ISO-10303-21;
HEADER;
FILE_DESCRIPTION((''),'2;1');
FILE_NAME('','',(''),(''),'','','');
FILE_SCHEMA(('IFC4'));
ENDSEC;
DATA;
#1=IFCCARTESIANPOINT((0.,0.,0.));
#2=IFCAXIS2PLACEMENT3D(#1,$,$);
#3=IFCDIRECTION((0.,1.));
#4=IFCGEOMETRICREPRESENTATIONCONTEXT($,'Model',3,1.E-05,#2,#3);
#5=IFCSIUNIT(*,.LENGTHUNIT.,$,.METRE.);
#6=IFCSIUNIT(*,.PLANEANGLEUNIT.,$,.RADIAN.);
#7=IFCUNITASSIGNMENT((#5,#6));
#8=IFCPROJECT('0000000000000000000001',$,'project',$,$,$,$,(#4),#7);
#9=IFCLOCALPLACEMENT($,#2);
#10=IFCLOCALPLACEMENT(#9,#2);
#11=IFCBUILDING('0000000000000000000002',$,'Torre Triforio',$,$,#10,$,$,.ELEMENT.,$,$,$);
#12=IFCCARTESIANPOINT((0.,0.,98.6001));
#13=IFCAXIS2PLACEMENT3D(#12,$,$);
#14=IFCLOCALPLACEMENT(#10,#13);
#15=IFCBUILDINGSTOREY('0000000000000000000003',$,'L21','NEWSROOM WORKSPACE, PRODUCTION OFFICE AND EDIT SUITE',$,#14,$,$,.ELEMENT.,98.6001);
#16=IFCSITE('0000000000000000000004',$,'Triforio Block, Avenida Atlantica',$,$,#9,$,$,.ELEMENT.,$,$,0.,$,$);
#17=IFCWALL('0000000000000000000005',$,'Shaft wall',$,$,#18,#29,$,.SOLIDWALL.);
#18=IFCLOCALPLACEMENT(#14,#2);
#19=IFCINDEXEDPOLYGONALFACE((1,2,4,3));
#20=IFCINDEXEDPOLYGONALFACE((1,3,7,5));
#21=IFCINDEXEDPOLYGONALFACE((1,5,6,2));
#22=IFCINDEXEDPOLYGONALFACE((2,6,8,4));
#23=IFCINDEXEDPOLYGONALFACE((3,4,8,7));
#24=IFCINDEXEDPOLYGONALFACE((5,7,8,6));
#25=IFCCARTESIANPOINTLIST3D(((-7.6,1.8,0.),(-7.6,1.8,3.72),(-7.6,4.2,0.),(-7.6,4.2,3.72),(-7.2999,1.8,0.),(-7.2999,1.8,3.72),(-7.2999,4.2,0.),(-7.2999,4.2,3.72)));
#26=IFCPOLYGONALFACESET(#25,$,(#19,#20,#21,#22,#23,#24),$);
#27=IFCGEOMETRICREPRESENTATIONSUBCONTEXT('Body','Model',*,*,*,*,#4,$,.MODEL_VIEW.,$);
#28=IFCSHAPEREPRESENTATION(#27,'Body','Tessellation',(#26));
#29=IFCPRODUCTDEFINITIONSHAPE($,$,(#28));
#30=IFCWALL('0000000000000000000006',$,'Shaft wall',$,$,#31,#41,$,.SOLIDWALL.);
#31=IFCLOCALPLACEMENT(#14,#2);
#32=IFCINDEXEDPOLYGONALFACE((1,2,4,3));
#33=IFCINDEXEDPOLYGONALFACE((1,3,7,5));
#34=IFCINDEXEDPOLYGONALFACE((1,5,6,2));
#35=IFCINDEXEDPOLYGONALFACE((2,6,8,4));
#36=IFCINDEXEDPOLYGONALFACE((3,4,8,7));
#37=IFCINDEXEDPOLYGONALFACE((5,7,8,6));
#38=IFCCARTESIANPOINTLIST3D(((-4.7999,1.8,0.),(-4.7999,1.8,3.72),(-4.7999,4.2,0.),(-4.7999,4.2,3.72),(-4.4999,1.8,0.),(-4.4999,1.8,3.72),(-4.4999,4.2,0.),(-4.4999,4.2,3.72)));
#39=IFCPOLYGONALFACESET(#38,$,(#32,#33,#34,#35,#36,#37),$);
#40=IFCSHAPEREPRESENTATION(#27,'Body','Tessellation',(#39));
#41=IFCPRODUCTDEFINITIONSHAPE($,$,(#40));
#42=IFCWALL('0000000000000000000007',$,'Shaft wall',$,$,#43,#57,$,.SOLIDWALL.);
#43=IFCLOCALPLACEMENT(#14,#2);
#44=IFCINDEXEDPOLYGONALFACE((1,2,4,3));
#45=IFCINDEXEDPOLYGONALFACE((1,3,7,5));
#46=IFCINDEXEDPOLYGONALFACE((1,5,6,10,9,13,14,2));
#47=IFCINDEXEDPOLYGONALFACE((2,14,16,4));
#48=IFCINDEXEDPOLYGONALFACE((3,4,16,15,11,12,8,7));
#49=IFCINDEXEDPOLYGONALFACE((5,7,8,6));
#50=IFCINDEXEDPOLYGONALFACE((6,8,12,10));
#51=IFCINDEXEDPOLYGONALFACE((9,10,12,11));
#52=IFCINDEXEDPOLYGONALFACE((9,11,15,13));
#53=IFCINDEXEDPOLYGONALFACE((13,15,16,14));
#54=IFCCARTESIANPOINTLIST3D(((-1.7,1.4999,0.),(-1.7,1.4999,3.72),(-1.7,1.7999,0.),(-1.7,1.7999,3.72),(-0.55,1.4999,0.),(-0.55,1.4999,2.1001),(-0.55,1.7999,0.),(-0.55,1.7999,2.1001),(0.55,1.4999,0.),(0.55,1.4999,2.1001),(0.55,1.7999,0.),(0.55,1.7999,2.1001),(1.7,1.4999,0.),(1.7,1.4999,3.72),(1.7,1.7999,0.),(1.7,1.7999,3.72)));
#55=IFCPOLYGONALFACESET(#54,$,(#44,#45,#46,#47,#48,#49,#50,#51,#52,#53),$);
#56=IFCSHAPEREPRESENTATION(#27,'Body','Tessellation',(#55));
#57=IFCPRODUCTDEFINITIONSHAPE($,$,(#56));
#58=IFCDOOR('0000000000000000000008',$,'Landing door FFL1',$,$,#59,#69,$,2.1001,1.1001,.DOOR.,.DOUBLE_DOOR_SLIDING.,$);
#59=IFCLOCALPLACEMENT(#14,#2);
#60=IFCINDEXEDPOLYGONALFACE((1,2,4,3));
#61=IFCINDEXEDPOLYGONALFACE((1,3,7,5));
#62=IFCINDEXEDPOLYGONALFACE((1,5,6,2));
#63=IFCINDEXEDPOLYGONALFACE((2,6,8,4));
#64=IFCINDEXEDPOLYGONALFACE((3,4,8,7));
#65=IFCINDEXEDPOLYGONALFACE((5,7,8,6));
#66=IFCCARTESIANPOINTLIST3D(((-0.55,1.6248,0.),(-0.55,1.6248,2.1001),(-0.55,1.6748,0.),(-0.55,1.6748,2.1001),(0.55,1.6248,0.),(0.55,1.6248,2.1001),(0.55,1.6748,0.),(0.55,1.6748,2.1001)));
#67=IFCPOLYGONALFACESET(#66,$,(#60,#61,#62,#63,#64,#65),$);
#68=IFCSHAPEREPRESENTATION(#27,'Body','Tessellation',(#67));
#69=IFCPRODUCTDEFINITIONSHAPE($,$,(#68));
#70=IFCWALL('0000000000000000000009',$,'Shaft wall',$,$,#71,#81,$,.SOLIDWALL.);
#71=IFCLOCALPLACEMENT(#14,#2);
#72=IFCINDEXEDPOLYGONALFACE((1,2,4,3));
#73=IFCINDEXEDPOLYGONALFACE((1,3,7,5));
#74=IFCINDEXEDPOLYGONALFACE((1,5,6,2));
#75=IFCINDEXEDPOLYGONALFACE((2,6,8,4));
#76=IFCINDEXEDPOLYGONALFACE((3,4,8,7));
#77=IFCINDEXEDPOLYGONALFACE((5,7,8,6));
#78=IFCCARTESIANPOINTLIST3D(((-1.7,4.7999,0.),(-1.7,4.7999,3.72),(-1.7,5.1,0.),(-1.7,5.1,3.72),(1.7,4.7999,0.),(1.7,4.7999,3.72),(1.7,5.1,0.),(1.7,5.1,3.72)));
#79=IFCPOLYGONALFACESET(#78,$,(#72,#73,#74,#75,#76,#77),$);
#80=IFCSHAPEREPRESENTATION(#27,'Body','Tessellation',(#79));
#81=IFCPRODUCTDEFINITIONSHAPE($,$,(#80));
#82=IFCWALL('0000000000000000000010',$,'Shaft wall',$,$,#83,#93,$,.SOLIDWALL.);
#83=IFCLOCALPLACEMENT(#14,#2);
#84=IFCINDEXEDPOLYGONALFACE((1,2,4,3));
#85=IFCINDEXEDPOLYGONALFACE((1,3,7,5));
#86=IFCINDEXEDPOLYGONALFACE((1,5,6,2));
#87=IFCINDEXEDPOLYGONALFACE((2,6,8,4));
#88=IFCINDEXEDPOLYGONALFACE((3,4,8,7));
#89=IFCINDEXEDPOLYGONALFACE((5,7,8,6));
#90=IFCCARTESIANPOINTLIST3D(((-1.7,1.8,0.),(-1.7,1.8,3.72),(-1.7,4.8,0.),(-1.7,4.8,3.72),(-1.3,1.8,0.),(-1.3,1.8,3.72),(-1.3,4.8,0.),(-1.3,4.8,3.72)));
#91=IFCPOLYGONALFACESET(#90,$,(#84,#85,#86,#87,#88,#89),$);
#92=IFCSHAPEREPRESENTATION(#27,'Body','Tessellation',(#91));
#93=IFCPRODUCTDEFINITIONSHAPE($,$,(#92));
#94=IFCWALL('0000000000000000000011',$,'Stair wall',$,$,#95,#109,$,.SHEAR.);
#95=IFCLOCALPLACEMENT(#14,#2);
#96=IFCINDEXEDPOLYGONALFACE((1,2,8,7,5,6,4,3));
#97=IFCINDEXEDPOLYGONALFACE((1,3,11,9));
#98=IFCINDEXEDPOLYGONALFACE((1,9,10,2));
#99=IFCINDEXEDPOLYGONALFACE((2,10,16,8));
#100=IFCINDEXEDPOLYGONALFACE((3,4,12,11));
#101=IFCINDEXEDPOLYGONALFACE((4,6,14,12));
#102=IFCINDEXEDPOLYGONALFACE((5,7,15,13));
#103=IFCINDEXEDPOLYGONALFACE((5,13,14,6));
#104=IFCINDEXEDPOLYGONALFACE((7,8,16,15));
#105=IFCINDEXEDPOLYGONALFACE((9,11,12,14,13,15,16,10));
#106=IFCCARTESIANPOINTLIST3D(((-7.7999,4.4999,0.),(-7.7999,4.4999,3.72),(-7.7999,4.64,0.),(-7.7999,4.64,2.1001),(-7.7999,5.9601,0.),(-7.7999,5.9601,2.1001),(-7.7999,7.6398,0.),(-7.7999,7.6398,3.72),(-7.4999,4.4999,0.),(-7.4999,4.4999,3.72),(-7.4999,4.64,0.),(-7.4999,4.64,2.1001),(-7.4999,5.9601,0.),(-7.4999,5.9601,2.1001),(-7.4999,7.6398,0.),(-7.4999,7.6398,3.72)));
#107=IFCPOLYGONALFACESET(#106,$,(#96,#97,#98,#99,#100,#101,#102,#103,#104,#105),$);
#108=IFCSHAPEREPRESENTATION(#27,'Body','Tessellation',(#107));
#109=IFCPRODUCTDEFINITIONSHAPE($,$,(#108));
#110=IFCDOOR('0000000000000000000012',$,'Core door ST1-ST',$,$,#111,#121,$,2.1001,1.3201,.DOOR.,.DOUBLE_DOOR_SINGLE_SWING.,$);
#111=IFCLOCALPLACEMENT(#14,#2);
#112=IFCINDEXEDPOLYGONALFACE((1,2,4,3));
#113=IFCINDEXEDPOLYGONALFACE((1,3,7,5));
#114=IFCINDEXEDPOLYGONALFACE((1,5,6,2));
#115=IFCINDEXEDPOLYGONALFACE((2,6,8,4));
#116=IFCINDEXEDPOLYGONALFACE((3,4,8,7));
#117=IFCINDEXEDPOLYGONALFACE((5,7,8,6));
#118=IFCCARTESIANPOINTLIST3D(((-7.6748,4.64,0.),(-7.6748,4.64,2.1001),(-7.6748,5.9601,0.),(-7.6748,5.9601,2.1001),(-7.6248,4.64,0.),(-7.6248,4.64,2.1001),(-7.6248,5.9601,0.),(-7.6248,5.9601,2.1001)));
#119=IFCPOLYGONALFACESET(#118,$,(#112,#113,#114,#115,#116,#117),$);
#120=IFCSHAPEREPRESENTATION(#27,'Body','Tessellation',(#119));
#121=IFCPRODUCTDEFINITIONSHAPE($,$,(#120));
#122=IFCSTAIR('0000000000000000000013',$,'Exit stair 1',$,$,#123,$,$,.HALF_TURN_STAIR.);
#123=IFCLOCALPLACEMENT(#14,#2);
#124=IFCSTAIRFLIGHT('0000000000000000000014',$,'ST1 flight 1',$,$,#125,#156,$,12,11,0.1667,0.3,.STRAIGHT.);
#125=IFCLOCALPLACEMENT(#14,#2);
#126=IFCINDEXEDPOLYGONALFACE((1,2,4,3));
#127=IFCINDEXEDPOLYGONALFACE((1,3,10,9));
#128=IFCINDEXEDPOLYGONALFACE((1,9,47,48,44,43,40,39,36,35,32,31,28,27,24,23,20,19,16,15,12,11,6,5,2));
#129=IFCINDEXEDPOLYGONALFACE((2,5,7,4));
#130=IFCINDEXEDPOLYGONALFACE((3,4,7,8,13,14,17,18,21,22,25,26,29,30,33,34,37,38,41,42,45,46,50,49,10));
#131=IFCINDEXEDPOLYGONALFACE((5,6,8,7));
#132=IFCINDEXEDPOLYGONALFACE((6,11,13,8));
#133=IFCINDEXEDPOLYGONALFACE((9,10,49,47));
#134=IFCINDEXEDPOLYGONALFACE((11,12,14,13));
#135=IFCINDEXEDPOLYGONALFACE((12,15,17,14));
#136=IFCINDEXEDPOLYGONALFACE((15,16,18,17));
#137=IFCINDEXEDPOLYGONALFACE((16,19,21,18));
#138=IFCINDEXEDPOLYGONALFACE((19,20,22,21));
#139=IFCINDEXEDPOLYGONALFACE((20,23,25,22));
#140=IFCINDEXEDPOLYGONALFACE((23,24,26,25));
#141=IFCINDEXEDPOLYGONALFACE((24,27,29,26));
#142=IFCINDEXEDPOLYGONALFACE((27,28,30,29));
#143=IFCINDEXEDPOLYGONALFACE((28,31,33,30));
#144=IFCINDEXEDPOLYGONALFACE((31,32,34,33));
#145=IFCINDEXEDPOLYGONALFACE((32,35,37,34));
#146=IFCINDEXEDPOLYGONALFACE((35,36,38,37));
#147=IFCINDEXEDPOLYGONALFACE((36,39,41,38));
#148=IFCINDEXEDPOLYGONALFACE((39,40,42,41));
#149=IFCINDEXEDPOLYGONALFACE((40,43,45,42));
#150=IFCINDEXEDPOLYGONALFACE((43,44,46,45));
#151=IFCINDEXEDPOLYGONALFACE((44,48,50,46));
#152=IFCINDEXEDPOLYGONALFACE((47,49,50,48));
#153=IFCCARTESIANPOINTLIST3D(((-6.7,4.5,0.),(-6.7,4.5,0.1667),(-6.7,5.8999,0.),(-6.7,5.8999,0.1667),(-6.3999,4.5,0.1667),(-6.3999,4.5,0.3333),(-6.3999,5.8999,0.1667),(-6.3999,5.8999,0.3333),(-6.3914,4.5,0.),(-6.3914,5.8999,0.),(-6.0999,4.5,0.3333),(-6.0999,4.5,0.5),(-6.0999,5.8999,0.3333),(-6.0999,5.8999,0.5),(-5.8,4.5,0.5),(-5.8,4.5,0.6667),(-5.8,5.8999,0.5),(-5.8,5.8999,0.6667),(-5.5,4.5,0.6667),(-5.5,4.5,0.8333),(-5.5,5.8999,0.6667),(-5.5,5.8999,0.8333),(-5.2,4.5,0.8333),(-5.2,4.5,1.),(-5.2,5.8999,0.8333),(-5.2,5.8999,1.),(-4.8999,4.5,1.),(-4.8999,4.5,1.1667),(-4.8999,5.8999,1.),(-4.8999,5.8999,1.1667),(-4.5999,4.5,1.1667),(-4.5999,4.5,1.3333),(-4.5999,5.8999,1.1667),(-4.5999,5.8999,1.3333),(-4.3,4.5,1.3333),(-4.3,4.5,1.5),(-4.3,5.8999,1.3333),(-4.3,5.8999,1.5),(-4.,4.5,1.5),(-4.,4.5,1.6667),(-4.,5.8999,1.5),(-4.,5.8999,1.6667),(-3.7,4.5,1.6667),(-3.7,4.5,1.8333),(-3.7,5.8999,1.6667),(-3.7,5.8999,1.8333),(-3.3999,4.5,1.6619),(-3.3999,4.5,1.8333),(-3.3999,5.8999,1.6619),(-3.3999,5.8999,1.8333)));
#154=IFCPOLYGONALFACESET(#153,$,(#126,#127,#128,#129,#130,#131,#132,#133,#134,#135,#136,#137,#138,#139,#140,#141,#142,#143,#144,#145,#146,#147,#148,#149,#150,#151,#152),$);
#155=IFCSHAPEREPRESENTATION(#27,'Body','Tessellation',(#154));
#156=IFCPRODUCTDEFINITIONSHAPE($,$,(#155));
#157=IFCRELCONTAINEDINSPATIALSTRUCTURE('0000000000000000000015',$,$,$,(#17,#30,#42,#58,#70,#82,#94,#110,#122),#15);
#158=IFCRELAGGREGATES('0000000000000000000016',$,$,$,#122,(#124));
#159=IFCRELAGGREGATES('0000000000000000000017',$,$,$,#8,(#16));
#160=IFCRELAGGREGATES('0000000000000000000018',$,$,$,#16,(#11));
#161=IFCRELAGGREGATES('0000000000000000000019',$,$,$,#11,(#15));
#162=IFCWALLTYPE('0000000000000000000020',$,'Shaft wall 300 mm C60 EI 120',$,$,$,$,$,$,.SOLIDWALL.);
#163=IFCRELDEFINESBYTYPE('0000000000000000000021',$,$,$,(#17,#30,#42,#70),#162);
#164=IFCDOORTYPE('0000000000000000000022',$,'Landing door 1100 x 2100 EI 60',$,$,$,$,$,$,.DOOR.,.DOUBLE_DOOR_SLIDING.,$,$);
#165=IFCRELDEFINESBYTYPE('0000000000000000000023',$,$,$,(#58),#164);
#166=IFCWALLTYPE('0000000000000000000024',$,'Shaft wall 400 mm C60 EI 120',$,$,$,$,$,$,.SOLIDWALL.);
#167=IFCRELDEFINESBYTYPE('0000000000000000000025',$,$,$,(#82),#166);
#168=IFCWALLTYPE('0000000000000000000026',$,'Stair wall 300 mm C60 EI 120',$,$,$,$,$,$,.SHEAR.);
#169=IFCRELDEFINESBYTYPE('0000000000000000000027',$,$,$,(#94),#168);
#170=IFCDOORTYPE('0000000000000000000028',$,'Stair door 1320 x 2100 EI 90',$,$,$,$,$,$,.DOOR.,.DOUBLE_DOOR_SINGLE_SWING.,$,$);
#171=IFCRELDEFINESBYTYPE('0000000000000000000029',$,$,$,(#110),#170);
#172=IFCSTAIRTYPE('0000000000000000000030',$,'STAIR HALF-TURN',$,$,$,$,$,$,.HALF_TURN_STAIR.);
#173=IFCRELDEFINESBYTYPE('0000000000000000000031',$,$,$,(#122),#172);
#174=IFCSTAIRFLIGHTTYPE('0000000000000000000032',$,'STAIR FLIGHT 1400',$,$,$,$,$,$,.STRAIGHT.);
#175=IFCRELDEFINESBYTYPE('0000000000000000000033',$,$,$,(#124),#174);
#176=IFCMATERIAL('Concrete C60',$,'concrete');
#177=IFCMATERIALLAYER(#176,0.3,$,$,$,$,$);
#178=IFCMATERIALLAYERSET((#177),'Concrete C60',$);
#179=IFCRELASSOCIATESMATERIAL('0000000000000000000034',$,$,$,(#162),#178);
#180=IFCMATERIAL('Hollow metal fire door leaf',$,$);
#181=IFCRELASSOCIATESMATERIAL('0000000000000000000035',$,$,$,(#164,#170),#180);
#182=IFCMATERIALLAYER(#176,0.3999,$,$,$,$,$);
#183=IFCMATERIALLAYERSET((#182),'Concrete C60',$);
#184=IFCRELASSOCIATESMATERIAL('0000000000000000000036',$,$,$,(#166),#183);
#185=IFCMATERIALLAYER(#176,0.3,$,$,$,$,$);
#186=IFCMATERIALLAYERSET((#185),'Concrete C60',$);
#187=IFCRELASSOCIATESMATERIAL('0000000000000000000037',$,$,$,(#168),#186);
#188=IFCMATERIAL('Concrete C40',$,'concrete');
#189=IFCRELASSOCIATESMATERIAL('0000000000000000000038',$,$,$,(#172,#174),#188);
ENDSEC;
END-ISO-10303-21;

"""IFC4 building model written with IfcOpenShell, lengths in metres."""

from ifc_helpers import new_model, si_unit, direction, frame, frame_2d, origin, place, context, subcontext, project, spatial, polyline, rectangle, outline, extrude, material, layer, layer_set, type_object, element, fill, aggregate, save


model = new_model("IFC4")

# Units and contexts
model_context = context("Model", 3, precision=1e-05, world=origin(), true_north=direction((0.0, 1.0)))
body_context = subcontext(model_context, "Body", "Model", "MODEL_VIEW")
ifc_project = project(units=[si_unit("LENGTHUNIT", "METRE"), si_unit("PLANEANGLEUNIT", "RADIAN")], contexts=[model_context])

# Site, building, storey
site_placement = place(None, origin())
site = spatial("IfcSite", under=ifc_project, at=site_placement, Name="Triforio Block, Avenida Atlantica", CompositionType="ELEMENT", RefElevation=0.0)
building_placement = place(site_placement, origin())
building = spatial("IfcBuilding", under=site, at=building_placement, Name="Torre Triforio", CompositionType="ELEMENT")
storey_placement = place(building_placement, frame((0.0, 0.0, 98.6001)))
storey = spatial("IfcBuildingStorey", under=building, at=storey_placement, Name="L21", Description="NEWSROOM WORKSPACE, PRODUCTION OFFICE AND EDIT SUITE", CompositionType="ELEMENT", Elevation=98.6001)

# Walls
ifc_material_1 = material(Name="Concrete C60", Category="concrete")
ifc_layer_1 = layer(ifc_material_1, 0.3)
ifc_layer_set_1 = layer_set([ifc_layer_1], Name="Concrete C60")
wall_type_1 = type_object("IfcWallType", Name="Shaft wall 300 mm C60 EI 120", PredefinedType="SOLIDWALL", material=ifc_layer_set_1)
for number, where, z_axis, x_axis, name in (
    (1, (-7.45, 1.8, 0.0), (0.0, 0.0, 1.0), (0.0, 1.0, 0.0), "Shaft wall"),
    (2, (-4.6499, 1.8, 0.0), (0.0, 0.0, 1.0), (0.0, 1.0, 0.0), "Shaft wall"),
):
    element("IfcWall", number, at=place(storey_placement, frame(where, z_axis=z_axis, x_axis=x_axis)), inside=storey, type_object=wall_type_1, Name=name, PredefinedType="SOLIDWALL", context=body_context, shape_type="SweptSolid", body=[
        extrude(rectangle(XDim=2.3999, YDim=0.3, at=frame_2d((1.2, 0.0))), origin(), (0.0, 0.0, 1.0), 3.72),
    ])

# Wall, opening, door
wall_1_placement = place(storey_placement, frame((-1.7, 1.6499, 0.0), z_axis=(0.0, 0.0, 1.0), x_axis=(1.0, 0.0, 0.0)))
wall_1 = element("IfcWall", 3, at=wall_1_placement, inside=storey, type_object=wall_type_1, Name="Shaft wall", PredefinedType="SOLIDWALL", context=body_context, shape_type="SweptSolid", body=[
    extrude(rectangle(XDim=3.3999, YDim=0.3, at=frame_2d((1.7, 0.0))), origin(), (0.0, 0.0, 1.0), 3.72),
])
opening_1_placement = place(wall_1_placement, frame((1.1499, 0.0, 0.0)))
opening_1 = element("IfcOpeningElement", 4, at=opening_1_placement, cuts=wall_1, PredefinedType="OPENING", context=body_context, shape_type="SweptSolid", body=[
    extrude(rectangle(XDim=1.1001, YDim=2.1001, at=frame_2d((0.55, 1.05))), frame((0.0, 0.1599, 0.0), z_axis=(0.0, -1.0, 0.0), x_axis=(1.0, 0.0, 0.0)), (0.0, 0.0, 1.0), 0.3201),
])
ifc_material_2 = material(Name="Hollow metal fire door leaf")
door_type_1 = type_object("IfcDoorType", Name="Landing door 1100 x 2100 EI 60", OperationType="DOUBLE_DOOR_SLIDING", PredefinedType="DOOR", material=ifc_material_2)
door_1_placement = place(opening_1_placement, origin())
door_1 = element("IfcDoor", 5, at=door_1_placement, inside=storey, type_object=door_type_1, Name="Landing door FFL1", OperationType="DOUBLE_DOOR_SLIDING", OverallHeight=2.1001, OverallWidth=1.1001, PredefinedType="DOOR", context=body_context, shape_type="SweptSolid", body=[
    extrude(rectangle(XDim=1.1001, YDim=2.1001, at=frame_2d((0.55, 1.05))), frame((0.0, 0.0249, 0.0), z_axis=(0.0, -1.0, 0.0), x_axis=(1.0, 0.0, 0.0)), (0.0, 0.0, 1.0), 0.05),
])
fill(opening_1, door_1)

# Walls
wall_2_placement = place(storey_placement, frame((-1.7, 4.95, 0.0), z_axis=(0.0, 0.0, 1.0), x_axis=(1.0, 0.0, 0.0)))
element("IfcWall", 6, at=wall_2_placement, inside=storey, type_object=wall_type_1, Name="Shaft wall", PredefinedType="SOLIDWALL", context=body_context, shape_type="SweptSolid", body=[
    extrude(rectangle(XDim=3.3999, YDim=0.3, at=frame_2d((1.7, 0.0))), origin(), (0.0, 0.0, 1.0), 3.72),
])
ifc_layer_2 = layer(ifc_material_1, 0.3999)
ifc_layer_set_2 = layer_set([ifc_layer_2], Name="Concrete C60")
wall_type_2 = type_object("IfcWallType", Name="Shaft wall 400 mm C60 EI 120", PredefinedType="SOLIDWALL", material=ifc_layer_set_2)
wall_3_placement = place(storey_placement, frame((-1.5, 1.8, 0.0), z_axis=(0.0, 0.0, 1.0), x_axis=(0.0, 1.0, 0.0)))
element("IfcWall", 7, at=wall_3_placement, inside=storey, type_object=wall_type_2, Name="Shaft wall", PredefinedType="SOLIDWALL", context=body_context, shape_type="SweptSolid", body=[
    extrude(rectangle(XDim=3.0, YDim=0.3999, at=frame_2d((1.5, 0.0))), origin(), (0.0, 0.0, 1.0), 3.72),
])

# Wall, opening, door
ifc_layer_3 = layer(ifc_material_1, 0.3)
ifc_layer_set_3 = layer_set([ifc_layer_3], Name="Concrete C60")
wall_type_3 = type_object("IfcWallType", Name="Stair wall 300 mm C60 EI 120", PredefinedType="SHEAR", material=ifc_layer_set_3)
wall_4_placement = place(storey_placement, frame((-7.6499, 4.5, 0.0), z_axis=(0.0, 0.0, 1.0), x_axis=(0.0, 1.0, 0.0)))
wall_4 = element("IfcWall", 8, at=wall_4_placement, inside=storey, type_object=wall_type_3, Name="Stair wall", PredefinedType="SHEAR", context=body_context, shape_type="SweptSolid", body=[
    extrude(rectangle(XDim=3.1399, YDim=0.3, at=frame_2d((1.5698, 0.0))), origin(), (0.0, 0.0, 1.0), 3.72),
])
opening_2_placement = place(wall_4_placement, frame((0.1399, 0.0, 0.0)))
opening_2 = element("IfcOpeningElement", 9, at=opening_2_placement, cuts=wall_4, PredefinedType="OPENING", context=body_context, shape_type="SweptSolid", body=[
    extrude(rectangle(XDim=1.3201, YDim=2.1001, at=frame_2d((0.6602, 1.05))), frame((0.0, 0.1599, 0.0), z_axis=(0.0, -1.0, 0.0), x_axis=(1.0, 0.0, 0.0)), (0.0, 0.0, 1.0), 0.3201),
])
door_type_2 = type_object("IfcDoorType", Name="Stair door 1320 x 2100 EI 90", OperationType="DOUBLE_DOOR_SINGLE_SWING", PredefinedType="DOOR", material=ifc_material_2)
door_2_placement = place(opening_2_placement, origin())
door_2 = element("IfcDoor", 10, at=door_2_placement, inside=storey, type_object=door_type_2, Name="Core door ST1-ST", OperationType="DOUBLE_DOOR_SINGLE_SWING", OverallHeight=2.1001, OverallWidth=1.3201, PredefinedType="DOOR", context=body_context, shape_type="SweptSolid", body=[
    extrude(rectangle(XDim=1.3201, YDim=2.1001, at=frame_2d((0.6602, 1.05))), frame((0.0, 0.0249, 0.0), z_axis=(0.0, -1.0, 0.0), x_axis=(1.0, 0.0, 0.0)), (0.0, 0.0, 1.0), 0.05),
])
fill(opening_2, door_2)

# Stair, stair flight
ifc_material_3 = material(Name="Concrete C40", Category="concrete")
stair_type = type_object("IfcStairType", Name="STAIR HALF-TURN", PredefinedType="HALF_TURN_STAIR", material=ifc_material_3)
stair_placement = place(storey_placement, origin())
stair = element("IfcStair", 11, at=stair_placement, inside=storey, type_object=stair_type, Name="Exit stair 1", PredefinedType="HALF_TURN_STAIR")
stair_flight_type = type_object("IfcStairFlightType", Name="STAIR FLIGHT 1400", PredefinedType="STRAIGHT", material=ifc_material_3)
stair_flight_1_placement = place(storey_placement, frame((-6.7, 5.2, 0.0), z_axis=(0.0, 0.0, 1.0), x_axis=(1.0, 0.0, 0.0)))
stair_flight_1 = element("IfcStairFlight", 12, at=stair_flight_1_placement, type_object=stair_flight_type, Name="ST1 flight 1", NumberOfRisers=12, NumberOfTreads=11, PredefinedType="STRAIGHT", RiserHeight=0.1667, TreadLength=0.3, context=body_context, shape_type="SweptSolid", body=[
    extrude(outline(polyline([(0.0, 0.0), (0.0, 0.1667), (0.3, 0.1667), (0.3, 0.3333), (0.6001, 0.3333), (0.6001, 0.5), (0.8999, 0.5), (0.8999, 0.6667), (1.2, 0.6667), (1.2, 0.8333), (1.5, 0.8333), (1.5, 1.0), (1.8, 1.0), (1.8, 1.1667), (2.1001, 1.1667), (2.1001, 1.3333), (2.3999, 1.3333), (2.3999, 1.5), (2.7, 1.5), (2.7, 1.6667), (3.0, 1.6667), (3.0, 1.8333), (3.3, 1.8333), (3.3, 2.0), (3.3, 1.6619), (0.3086, 0.0), (0.0, 0.0)])), frame((0.0, 0.7, 0.0), z_axis=(0.0, -1.0, 0.0), x_axis=(1.0, 0.0, 0.0)), (0.0, 0.0, 1.0), 1.3999),
])
aggregate(stair, [stair_flight_1])

save(model, "model.ifc")
